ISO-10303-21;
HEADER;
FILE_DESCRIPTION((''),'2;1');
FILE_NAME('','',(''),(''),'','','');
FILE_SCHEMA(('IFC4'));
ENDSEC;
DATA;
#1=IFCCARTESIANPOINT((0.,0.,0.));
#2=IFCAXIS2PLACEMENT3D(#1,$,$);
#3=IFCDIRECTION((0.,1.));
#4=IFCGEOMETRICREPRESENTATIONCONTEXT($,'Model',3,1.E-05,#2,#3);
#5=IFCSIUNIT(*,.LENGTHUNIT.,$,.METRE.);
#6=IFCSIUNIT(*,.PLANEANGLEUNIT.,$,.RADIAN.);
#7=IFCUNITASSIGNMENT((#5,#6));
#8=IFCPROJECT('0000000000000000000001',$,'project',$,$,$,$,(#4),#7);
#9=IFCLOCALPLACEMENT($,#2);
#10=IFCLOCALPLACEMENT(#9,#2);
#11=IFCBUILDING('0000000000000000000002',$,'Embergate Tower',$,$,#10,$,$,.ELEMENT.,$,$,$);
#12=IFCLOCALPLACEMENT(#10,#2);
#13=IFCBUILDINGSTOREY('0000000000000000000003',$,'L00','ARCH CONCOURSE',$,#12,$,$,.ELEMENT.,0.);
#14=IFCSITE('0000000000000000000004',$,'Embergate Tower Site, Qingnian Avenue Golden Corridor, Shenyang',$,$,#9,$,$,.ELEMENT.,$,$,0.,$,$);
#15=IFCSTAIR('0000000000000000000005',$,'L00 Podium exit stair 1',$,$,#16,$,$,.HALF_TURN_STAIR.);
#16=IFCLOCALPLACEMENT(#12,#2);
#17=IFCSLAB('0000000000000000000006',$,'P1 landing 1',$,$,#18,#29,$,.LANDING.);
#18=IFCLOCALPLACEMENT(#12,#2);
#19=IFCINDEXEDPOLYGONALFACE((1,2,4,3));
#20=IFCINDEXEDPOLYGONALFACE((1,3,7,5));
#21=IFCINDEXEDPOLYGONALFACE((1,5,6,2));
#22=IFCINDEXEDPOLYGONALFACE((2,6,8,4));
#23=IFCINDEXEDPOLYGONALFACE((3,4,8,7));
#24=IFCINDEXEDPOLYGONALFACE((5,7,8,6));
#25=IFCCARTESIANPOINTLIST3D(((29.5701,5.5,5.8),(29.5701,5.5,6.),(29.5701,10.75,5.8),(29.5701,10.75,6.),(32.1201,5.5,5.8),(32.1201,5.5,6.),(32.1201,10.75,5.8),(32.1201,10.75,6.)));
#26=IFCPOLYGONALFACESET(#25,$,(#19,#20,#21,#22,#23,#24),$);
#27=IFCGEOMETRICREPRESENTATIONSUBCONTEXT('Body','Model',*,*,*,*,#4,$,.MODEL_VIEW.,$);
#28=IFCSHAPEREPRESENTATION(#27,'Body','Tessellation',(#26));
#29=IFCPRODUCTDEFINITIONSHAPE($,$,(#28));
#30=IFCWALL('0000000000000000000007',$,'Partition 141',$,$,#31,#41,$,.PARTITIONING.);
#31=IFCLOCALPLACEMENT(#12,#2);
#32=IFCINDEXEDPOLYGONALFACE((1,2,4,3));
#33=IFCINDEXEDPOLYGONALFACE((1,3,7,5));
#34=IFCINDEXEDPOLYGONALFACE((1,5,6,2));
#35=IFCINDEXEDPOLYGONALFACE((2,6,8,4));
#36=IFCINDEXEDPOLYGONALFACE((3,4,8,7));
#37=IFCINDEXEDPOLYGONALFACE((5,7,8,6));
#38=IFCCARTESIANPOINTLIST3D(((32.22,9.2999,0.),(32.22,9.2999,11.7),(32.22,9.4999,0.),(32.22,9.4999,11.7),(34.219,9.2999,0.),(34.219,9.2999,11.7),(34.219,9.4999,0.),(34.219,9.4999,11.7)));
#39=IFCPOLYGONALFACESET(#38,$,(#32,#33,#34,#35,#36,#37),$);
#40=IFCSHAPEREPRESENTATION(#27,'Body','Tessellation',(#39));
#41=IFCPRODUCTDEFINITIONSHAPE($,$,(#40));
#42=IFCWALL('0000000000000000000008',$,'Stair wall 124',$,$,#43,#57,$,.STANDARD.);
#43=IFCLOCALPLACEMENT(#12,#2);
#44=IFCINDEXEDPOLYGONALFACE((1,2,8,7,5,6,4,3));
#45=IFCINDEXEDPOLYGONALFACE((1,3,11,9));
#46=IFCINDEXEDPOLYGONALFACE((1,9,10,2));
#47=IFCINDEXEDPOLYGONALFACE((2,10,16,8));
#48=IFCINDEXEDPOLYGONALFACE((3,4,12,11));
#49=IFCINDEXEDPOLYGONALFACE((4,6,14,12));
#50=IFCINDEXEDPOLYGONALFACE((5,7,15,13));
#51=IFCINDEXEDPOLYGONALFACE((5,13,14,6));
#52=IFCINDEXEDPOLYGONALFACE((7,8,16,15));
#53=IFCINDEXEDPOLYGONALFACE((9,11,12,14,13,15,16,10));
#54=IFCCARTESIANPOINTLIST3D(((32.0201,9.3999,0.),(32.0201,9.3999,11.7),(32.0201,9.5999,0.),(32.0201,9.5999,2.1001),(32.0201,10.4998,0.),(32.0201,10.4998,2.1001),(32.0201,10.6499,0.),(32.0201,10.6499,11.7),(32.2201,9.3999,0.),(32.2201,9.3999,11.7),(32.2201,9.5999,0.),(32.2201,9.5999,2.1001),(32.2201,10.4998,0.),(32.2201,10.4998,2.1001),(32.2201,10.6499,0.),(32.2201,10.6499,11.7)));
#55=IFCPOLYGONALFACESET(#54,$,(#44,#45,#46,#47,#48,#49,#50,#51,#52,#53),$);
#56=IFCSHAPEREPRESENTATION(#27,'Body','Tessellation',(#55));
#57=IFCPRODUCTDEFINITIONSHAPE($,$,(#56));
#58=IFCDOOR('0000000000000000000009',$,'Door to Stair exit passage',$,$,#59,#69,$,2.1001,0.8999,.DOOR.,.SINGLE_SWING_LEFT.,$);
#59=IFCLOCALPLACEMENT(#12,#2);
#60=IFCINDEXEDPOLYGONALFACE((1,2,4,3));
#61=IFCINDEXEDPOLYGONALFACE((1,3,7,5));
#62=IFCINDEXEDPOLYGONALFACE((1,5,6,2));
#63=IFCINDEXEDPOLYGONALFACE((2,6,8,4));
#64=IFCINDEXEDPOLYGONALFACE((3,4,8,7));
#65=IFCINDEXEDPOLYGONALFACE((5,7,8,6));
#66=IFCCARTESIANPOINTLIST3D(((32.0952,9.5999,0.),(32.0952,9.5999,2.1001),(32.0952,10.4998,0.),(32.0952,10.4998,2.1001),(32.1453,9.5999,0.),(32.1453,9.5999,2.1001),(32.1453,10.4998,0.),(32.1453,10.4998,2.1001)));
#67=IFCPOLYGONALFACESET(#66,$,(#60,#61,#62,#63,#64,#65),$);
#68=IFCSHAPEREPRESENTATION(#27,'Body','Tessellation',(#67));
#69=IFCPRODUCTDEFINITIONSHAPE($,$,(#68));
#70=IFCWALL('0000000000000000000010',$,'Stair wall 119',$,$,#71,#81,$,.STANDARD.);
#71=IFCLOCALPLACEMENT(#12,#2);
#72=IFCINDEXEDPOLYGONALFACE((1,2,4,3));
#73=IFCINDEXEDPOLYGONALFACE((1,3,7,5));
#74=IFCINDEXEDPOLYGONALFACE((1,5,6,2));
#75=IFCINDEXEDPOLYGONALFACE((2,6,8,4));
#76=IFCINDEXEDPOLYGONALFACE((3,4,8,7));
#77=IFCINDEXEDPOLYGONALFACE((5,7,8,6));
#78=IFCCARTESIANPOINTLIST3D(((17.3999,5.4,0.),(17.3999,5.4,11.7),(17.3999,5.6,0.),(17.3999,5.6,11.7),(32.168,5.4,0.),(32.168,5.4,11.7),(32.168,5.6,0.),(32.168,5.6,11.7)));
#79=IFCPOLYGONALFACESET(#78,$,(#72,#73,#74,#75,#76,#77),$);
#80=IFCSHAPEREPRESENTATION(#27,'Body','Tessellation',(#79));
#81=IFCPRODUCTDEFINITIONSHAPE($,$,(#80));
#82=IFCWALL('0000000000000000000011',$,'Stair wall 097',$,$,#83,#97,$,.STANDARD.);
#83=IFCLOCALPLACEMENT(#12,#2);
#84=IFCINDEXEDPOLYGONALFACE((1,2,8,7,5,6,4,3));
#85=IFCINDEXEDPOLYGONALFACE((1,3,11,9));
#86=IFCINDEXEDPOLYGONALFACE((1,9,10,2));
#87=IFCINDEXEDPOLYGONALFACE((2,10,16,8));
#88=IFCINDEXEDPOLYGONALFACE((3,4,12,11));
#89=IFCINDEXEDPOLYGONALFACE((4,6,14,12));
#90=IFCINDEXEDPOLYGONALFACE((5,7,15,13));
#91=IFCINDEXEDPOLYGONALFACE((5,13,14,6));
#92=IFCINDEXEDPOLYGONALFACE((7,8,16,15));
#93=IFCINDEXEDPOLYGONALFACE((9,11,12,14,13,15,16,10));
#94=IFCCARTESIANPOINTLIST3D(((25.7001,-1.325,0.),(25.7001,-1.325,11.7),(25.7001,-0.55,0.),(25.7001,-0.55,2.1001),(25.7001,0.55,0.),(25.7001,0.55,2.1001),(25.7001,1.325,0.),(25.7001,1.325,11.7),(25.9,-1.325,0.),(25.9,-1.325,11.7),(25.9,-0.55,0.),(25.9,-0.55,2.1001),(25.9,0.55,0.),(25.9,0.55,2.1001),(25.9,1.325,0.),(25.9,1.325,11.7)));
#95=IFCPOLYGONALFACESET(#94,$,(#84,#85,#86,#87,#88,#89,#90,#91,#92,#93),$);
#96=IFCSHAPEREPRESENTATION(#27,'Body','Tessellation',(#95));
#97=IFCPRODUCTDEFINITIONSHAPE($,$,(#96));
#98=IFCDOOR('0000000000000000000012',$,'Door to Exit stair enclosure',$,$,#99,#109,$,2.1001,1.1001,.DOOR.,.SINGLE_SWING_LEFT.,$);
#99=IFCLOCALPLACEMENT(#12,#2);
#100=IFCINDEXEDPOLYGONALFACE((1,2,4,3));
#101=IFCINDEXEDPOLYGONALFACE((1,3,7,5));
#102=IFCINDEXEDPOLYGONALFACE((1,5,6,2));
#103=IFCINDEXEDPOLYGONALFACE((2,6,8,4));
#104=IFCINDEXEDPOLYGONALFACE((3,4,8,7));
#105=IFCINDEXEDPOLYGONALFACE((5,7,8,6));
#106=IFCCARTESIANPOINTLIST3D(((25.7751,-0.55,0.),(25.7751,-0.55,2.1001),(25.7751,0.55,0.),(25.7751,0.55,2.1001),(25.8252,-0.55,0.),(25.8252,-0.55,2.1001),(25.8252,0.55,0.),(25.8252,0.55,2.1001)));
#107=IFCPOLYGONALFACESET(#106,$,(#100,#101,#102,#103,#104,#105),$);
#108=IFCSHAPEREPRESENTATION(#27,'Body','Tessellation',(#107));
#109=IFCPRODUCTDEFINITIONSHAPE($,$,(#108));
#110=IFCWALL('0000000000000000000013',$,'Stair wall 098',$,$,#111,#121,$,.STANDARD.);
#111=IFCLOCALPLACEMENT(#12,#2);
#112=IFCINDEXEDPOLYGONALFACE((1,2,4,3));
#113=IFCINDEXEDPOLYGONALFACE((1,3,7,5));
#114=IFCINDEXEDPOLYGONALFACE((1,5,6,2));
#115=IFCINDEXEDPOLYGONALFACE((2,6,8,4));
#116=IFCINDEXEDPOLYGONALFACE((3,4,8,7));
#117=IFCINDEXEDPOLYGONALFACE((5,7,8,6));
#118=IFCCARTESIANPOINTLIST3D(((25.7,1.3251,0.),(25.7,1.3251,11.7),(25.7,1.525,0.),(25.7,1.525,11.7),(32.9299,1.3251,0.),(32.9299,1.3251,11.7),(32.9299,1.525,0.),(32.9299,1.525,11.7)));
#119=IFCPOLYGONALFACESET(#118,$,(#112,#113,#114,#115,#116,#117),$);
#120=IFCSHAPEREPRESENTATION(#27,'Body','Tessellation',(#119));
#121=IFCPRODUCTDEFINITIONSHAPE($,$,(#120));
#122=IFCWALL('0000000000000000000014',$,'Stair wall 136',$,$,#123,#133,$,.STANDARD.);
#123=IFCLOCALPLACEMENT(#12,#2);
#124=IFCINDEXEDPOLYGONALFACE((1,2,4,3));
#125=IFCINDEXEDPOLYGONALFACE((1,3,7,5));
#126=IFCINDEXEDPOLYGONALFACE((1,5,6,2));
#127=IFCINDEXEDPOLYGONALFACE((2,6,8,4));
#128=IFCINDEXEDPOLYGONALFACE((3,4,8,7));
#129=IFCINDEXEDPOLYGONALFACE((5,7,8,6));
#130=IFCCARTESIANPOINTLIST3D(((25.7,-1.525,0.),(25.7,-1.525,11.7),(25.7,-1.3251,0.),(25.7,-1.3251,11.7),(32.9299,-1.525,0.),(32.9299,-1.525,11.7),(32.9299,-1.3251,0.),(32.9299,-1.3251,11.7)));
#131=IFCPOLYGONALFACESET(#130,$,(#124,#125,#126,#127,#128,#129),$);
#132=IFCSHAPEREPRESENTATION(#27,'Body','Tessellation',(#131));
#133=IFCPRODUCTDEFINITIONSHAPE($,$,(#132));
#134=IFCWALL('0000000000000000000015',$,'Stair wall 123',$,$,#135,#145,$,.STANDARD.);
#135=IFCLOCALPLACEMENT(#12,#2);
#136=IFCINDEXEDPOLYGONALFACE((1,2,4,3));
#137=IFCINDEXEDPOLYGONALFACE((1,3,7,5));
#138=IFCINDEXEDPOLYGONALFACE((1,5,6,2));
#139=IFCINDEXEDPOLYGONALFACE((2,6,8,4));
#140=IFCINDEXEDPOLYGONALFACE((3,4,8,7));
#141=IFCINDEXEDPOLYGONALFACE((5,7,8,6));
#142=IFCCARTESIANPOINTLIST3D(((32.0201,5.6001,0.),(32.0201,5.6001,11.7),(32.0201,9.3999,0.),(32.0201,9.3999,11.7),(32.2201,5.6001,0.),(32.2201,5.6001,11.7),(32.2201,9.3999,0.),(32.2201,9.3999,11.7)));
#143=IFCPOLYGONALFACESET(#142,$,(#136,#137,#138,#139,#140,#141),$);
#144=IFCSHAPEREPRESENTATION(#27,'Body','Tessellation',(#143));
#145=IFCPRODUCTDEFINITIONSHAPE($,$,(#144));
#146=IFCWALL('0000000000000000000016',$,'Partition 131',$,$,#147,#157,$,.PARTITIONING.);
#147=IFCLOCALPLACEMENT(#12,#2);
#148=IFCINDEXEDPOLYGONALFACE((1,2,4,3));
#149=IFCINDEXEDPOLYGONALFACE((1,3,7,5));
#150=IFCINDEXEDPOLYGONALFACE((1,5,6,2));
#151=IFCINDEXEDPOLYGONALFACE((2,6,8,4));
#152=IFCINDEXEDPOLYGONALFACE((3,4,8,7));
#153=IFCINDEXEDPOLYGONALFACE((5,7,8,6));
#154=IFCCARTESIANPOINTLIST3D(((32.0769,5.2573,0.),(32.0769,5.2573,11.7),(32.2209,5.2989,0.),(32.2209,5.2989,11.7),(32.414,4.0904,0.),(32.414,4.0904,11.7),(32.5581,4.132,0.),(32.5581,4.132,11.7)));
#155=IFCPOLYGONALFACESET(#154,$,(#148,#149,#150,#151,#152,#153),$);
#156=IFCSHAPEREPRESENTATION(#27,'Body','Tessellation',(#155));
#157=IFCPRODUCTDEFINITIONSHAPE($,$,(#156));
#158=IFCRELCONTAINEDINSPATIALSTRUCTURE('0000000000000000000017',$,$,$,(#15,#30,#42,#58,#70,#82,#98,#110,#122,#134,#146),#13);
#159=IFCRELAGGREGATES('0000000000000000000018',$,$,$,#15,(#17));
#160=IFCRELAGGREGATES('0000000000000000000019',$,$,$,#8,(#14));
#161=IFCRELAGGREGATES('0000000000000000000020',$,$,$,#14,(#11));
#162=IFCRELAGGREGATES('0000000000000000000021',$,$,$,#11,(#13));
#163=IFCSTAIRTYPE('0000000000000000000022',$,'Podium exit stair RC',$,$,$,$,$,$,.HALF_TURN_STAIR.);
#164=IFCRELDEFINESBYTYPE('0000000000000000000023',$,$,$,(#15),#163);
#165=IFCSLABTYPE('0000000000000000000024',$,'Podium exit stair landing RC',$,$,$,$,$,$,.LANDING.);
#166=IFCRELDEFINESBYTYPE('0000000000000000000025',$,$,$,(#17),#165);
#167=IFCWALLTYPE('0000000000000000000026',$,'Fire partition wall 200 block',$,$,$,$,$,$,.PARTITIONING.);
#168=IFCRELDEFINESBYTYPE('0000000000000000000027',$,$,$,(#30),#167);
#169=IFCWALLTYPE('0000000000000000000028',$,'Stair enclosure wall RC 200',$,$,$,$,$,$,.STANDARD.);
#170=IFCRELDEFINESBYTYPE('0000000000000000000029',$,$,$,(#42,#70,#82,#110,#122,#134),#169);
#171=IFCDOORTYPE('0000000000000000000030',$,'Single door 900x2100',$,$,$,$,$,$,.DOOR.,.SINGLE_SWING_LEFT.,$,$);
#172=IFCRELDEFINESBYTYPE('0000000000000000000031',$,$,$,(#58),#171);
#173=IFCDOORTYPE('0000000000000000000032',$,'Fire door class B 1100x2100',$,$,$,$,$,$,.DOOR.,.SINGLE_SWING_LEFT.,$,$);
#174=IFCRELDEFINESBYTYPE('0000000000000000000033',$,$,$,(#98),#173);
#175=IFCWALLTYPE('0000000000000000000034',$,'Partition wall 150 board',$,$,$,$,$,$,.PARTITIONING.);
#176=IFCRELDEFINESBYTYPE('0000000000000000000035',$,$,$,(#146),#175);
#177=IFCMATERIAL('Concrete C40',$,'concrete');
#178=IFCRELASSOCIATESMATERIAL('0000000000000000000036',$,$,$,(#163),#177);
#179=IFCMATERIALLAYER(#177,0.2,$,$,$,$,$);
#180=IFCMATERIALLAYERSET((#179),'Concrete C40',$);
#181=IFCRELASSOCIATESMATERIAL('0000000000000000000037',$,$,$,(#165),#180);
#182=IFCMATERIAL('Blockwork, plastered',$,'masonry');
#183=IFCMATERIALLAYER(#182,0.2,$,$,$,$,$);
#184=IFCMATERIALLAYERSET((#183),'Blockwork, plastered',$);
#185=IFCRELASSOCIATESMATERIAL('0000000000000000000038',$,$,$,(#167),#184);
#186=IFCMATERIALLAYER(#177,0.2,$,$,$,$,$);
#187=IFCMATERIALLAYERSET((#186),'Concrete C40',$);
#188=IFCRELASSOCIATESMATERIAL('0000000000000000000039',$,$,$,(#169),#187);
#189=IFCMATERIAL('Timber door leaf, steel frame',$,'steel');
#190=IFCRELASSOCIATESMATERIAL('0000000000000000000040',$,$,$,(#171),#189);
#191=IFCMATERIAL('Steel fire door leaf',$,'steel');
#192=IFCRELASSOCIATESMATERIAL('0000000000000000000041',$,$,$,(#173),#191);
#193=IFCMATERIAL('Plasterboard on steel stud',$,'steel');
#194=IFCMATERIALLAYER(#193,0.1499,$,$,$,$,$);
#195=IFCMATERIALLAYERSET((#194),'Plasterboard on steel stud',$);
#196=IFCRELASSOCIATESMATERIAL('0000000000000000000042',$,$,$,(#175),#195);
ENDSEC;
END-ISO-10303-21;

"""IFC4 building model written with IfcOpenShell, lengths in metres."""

from ifc_helpers import new_model, si_unit, direction, frame, frame_2d, origin, place, context, subcontext, project, spatial, polyline, rectangle, outline, extrude, source, transform, mapped, material, layer, layer_set, type_object, element, fill, aggregate, save


model = new_model("IFC4")

# Units and contexts
model_context = context("Model", 3, precision=1e-05, world=origin(), true_north=direction((0.0, 1.0)))
body_context = subcontext(model_context, "Body", "Model", "MODEL_VIEW")
ifc_project = project(units=[si_unit("LENGTHUNIT", "METRE"), si_unit("PLANEANGLEUNIT", "RADIAN")], contexts=[model_context])

# Site, building, storey
site_placement = place(None, origin())
site = spatial("IfcSite", under=ifc_project, at=site_placement, Name="Embergate Tower Site, Qingnian Avenue Golden Corridor, Shenyang", CompositionType="ELEMENT", RefElevation=0.0)
building_placement = place(site_placement, origin())
building = spatial("IfcBuilding", under=site, at=building_placement, Name="Embergate Tower", CompositionType="ELEMENT")
storey_placement = place(building_placement, origin())
storey = spatial("IfcBuildingStorey", under=building, at=storey_placement, Name="L00", Description="ARCH CONCOURSE", CompositionType="ELEMENT", Elevation=0.0)

# Stair, slab
ifc_material_1 = material(Name="Concrete C40", Category="concrete")
stair_type = type_object("IfcStairType", Name="Podium exit stair RC", PredefinedType="HALF_TURN_STAIR", material=ifc_material_1)
stair_placement = place(storey_placement, origin())
stair = element("IfcStair", 1, at=stair_placement, inside=storey, type_object=stair_type, Name="L00 Podium exit stair 1", PredefinedType="HALF_TURN_STAIR")
ifc_layer_1 = layer(ifc_material_1, 0.2)
ifc_layer_set_1 = layer_set([ifc_layer_1], Name="Concrete C40")
slab_type = type_object("IfcSlabType", Name="Podium exit stair landing RC", PredefinedType="LANDING", material=ifc_layer_set_1)
shared_shape_1 = source(origin(), body_context, "Body", "SweptSolid", [
    extrude(outline(polyline([(0.0, 0.0), (2.55, 0.0), (2.55, 5.25), (0.0, 5.25), (0.0, 0.0)])), origin(), (0.0, 0.0, 1.0), 0.2),
])
slab_placement = place(storey_placement, frame((29.5701, 5.5, 5.8)))
slab = element("IfcSlab", 2, at=slab_placement, type_object=slab_type, Name="P1 landing 1", PredefinedType="LANDING", context=body_context, shape_type="MappedRepresentation", body=[
    mapped(shared_shape_1, transform((0.0, 0.0, 0.0))),
])

# Wall
ifc_material_2 = material(Name="Blockwork, plastered", Category="masonry")
ifc_layer_2 = layer(ifc_material_2, 0.2)
ifc_layer_set_2 = layer_set([ifc_layer_2], Name="Blockwork, plastered")
wall_type_1 = type_object("IfcWallType", Name="Fire partition wall 200 block", PredefinedType="PARTITIONING", material=ifc_layer_set_2)
shared_shape_2 = source(origin(), body_context, "Body", "SweptSolid", [
    extrude(rectangle(XDim=1.999, YDim=0.2, at=frame_2d((0.9995, 0.0))), origin(), (0.0, 0.0, 1.0), 11.7),
])
wall_1_placement = place(storey_placement, frame((34.219, 9.3999, 0.0), z_axis=(0.0, 0.0, 1.0), x_axis=(-1.0, 0.0, 0.0)))
element("IfcWall", 3, at=wall_1_placement, inside=storey, type_object=wall_type_1, Name="Partition 141", PredefinedType="PARTITIONING", context=body_context, shape_type="MappedRepresentation", body=[
    mapped(shared_shape_2, transform((0.0, 0.0, 0.0))),
])

# Wall, opening, door
ifc_layer_3 = layer(ifc_material_1, 0.2)
ifc_layer_set_3 = layer_set([ifc_layer_3], Name="Concrete C40")
wall_type_2 = type_object("IfcWallType", Name="Stair enclosure wall RC 200", PredefinedType="STANDARD", material=ifc_layer_set_3)
shared_shape_3 = source(origin(), body_context, "Body", "SweptSolid", [
    extrude(rectangle(XDim=1.25, YDim=0.2, at=frame_2d((0.625, 0.0))), origin(), (0.0, 0.0, 1.0), 11.7),
])
wall_2_placement = place(storey_placement, frame((32.1201, 9.3999, 0.0), z_axis=(0.0, 0.0, 1.0), x_axis=(0.0, 1.0, 0.0)))
wall_2 = element("IfcWall", 4, at=wall_2_placement, inside=storey, type_object=wall_type_2, Name="Stair wall 124", PredefinedType="STANDARD", context=body_context, shape_type="MappedRepresentation", body=[
    mapped(shared_shape_3, transform((0.0, 0.0, 0.0))),
])
shared_shape_4 = source(origin(), body_context, "Body", "SweptSolid", [
    extrude(rectangle(XDim=0.8999, YDim=2.1001, at=frame_2d((0.45, 1.05))), frame((0.0, 0.1099, 0.0), z_axis=(0.0, -1.0, 0.0), x_axis=(1.0, 0.0, 0.0)), (0.0, 0.0, 1.0), 0.22),
])
opening_1_placement = place(wall_2_placement, frame((0.2, 0.0, 0.0)))
opening_1 = element("IfcOpeningElement", 5, at=opening_1_placement, cuts=wall_2, PredefinedType="OPENING", context=body_context, shape_type="MappedRepresentation", body=[
    mapped(shared_shape_4, transform((0.0, 0.0, 0.0))),
])
ifc_material_3 = material(Name="Timber door leaf, steel frame", Category="steel")
door_type_1 = type_object("IfcDoorType", Name="Single door 900x2100", OperationType="SINGLE_SWING_LEFT", PredefinedType="DOOR", material=ifc_material_3)
shared_shape_5 = source(origin(), body_context, "Body", "SweptSolid", [
    extrude(rectangle(XDim=0.8999, YDim=2.1001, at=frame_2d((0.45, 1.05))), frame((0.0, 0.0249, 0.0), z_axis=(0.0, -1.0, 0.0), x_axis=(1.0, 0.0, 0.0)), (0.0, 0.0, 1.0), 0.05),
])
door_1_placement = place(opening_1_placement, origin())
door_1 = element("IfcDoor", 6, at=door_1_placement, inside=storey, type_object=door_type_1, Name="Door to Stair exit passage", OperationType="SINGLE_SWING_LEFT", OverallHeight=2.1001, OverallWidth=0.8999, PredefinedType="DOOR", context=body_context, shape_type="MappedRepresentation", body=[
    mapped(shared_shape_5, transform((0.0, 0.0, 0.0))),
])
fill(opening_1, door_1)

# Wall
shared_shape_6 = source(origin(), body_context, "Body", "SweptSolid", [
    extrude(rectangle(XDim=14.7681, YDim=0.2, at=frame_2d((7.384, 0.0))), origin(), (0.0, 0.0, 1.0), 11.7),
])
wall_3_placement = place(storey_placement, frame((32.168, 5.5, 0.0), z_axis=(0.0, 0.0, 1.0), x_axis=(-1.0, 0.0, 0.0)))
element("IfcWall", 7, at=wall_3_placement, inside=storey, type_object=wall_type_2, Name="Stair wall 119", PredefinedType="STANDARD", context=body_context, shape_type="MappedRepresentation", body=[
    mapped(shared_shape_6, transform((0.0, 0.0, 0.0))),
])

# Wall, opening, door
shared_shape_7 = source(origin(), body_context, "Body", "SweptSolid", [
    extrude(rectangle(XDim=2.6499, YDim=0.2, at=frame_2d((1.325, 0.0))), origin(), (0.0, 0.0, 1.0), 11.7),
])
wall_4_placement = place(storey_placement, frame((25.8, -1.325, 0.0), z_axis=(0.0, 0.0, 1.0), x_axis=(0.0, 1.0, 0.0)))
wall_4 = element("IfcWall", 8, at=wall_4_placement, inside=storey, type_object=wall_type_2, Name="Stair wall 097", PredefinedType="STANDARD", context=body_context, shape_type="MappedRepresentation", body=[
    mapped(shared_shape_7, transform((0.0, 0.0, 0.0))),
])
shared_shape_8 = source(origin(), body_context, "Body", "SweptSolid", [
    extrude(rectangle(XDim=1.1001, YDim=2.1001, at=frame_2d((0.55, 1.05))), frame((0.0, 0.1099, 0.0), z_axis=(0.0, -1.0, 0.0), x_axis=(1.0, 0.0, 0.0)), (0.0, 0.0, 1.0), 0.22),
])
opening_2_placement = place(wall_4_placement, frame((0.7749, 0.0, 0.0)))
opening_2 = element("IfcOpeningElement", 9, at=opening_2_placement, cuts=wall_4, PredefinedType="OPENING", context=body_context, shape_type="MappedRepresentation", body=[
    mapped(shared_shape_8, transform((0.0, 0.0, 0.0))),
])
ifc_material_4 = material(Name="Steel fire door leaf", Category="steel")
door_type_2 = type_object("IfcDoorType", Name="Fire door class B 1100x2100", OperationType="SINGLE_SWING_LEFT", PredefinedType="DOOR", material=ifc_material_4)
shared_shape_9 = source(origin(), body_context, "Body", "SweptSolid", [
    extrude(rectangle(XDim=1.1001, YDim=2.1001, at=frame_2d((0.55, 1.05))), frame((0.0, 0.0249, 0.0), z_axis=(0.0, -1.0, 0.0), x_axis=(1.0, 0.0, 0.0)), (0.0, 0.0, 1.0), 0.05),
])
door_2_placement = place(opening_2_placement, origin())
door_2 = element("IfcDoor", 10, at=door_2_placement, inside=storey, type_object=door_type_2, Name="Door to Exit stair enclosure", OperationType="SINGLE_SWING_LEFT", OverallHeight=2.1001, OverallWidth=1.1001, PredefinedType="DOOR", context=body_context, shape_type="MappedRepresentation", body=[
    mapped(shared_shape_9, transform((0.0, 0.0, 0.0))),
])
fill(opening_2, door_2)

# Walls
shared_shape_10 = source(origin(), body_context, "Body", "SweptSolid", [
    extrude(rectangle(XDim=7.23, YDim=0.2, at=frame_2d((3.615, 0.0))), origin(), (0.0, 0.0, 1.0), 11.7),
])
for number, where, z_axis, x_axis, name in (
    (11, (25.7, 1.425, 0.0), (0.0, 0.0, 1.0), (1.0, 0.0, 0.0), "Stair wall 098"),
    (12, (32.9299, -1.425, 0.0), (0.0, 0.0, 1.0), (-1.0, 0.0, 0.0), "Stair wall 136"),
):
    element("IfcWall", number, at=place(storey_placement, frame(where, z_axis=z_axis, x_axis=x_axis)), inside=storey, type_object=wall_type_2, Name=name, PredefinedType="STANDARD", context=body_context, shape_type="MappedRepresentation", body=[
        mapped(shared_shape_10, transform((0.0, 0.0, 0.0))),
    ])
shared_shape_11 = source(origin(), body_context, "Body", "SweptSolid", [
    extrude(rectangle(XDim=3.7998, YDim=0.2, at=frame_2d((1.8999, 0.0))), origin(), (0.0, 0.0, 1.0), 11.7),
])
wall_5_placement = place(storey_placement, frame((32.1201, 5.6001, 0.0), z_axis=(0.0, 0.0, 1.0), x_axis=(0.0, 1.0, 0.0)))
element("IfcWall", 13, at=wall_5_placement, inside=storey, type_object=wall_type_2, Name="Stair wall 123", PredefinedType="STANDARD", context=body_context, shape_type="MappedRepresentation", body=[
    mapped(shared_shape_11, transform((0.0, 0.0, 0.0))),
])
ifc_material_5 = material(Name="Plasterboard on steel stud", Category="steel")
ifc_layer_4 = layer(ifc_material_5, 0.1499)
ifc_layer_set_4 = layer_set([ifc_layer_4], Name="Plasterboard on steel stud")
wall_type_3 = type_object("IfcWallType", Name="Partition wall 150 board", PredefinedType="PARTITIONING", material=ifc_layer_set_4)
shared_shape_12 = source(origin(), body_context, "Body", "SweptSolid", [
    extrude(rectangle(XDim=1.2146, YDim=0.1499, at=frame_2d((0.6074, 0.0))), origin(), (0.0, 0.0, 1.0), 11.7),
])
wall_6_placement = place(storey_placement, frame((32.4861, 4.1111, 0.0), z_axis=(0.0, 0.0, 1.0), x_axis=(-0.27756, 0.960708, 0.0)))
element("IfcWall", 14, at=wall_6_placement, inside=storey, type_object=wall_type_3, Name="Partition 131", PredefinedType="PARTITIONING", context=body_context, shape_type="MappedRepresentation", body=[
    mapped(shared_shape_12, transform((0.0, 0.0, 0.0))),
])

aggregate(stair, [slab])

save(model, "model.ifc")
